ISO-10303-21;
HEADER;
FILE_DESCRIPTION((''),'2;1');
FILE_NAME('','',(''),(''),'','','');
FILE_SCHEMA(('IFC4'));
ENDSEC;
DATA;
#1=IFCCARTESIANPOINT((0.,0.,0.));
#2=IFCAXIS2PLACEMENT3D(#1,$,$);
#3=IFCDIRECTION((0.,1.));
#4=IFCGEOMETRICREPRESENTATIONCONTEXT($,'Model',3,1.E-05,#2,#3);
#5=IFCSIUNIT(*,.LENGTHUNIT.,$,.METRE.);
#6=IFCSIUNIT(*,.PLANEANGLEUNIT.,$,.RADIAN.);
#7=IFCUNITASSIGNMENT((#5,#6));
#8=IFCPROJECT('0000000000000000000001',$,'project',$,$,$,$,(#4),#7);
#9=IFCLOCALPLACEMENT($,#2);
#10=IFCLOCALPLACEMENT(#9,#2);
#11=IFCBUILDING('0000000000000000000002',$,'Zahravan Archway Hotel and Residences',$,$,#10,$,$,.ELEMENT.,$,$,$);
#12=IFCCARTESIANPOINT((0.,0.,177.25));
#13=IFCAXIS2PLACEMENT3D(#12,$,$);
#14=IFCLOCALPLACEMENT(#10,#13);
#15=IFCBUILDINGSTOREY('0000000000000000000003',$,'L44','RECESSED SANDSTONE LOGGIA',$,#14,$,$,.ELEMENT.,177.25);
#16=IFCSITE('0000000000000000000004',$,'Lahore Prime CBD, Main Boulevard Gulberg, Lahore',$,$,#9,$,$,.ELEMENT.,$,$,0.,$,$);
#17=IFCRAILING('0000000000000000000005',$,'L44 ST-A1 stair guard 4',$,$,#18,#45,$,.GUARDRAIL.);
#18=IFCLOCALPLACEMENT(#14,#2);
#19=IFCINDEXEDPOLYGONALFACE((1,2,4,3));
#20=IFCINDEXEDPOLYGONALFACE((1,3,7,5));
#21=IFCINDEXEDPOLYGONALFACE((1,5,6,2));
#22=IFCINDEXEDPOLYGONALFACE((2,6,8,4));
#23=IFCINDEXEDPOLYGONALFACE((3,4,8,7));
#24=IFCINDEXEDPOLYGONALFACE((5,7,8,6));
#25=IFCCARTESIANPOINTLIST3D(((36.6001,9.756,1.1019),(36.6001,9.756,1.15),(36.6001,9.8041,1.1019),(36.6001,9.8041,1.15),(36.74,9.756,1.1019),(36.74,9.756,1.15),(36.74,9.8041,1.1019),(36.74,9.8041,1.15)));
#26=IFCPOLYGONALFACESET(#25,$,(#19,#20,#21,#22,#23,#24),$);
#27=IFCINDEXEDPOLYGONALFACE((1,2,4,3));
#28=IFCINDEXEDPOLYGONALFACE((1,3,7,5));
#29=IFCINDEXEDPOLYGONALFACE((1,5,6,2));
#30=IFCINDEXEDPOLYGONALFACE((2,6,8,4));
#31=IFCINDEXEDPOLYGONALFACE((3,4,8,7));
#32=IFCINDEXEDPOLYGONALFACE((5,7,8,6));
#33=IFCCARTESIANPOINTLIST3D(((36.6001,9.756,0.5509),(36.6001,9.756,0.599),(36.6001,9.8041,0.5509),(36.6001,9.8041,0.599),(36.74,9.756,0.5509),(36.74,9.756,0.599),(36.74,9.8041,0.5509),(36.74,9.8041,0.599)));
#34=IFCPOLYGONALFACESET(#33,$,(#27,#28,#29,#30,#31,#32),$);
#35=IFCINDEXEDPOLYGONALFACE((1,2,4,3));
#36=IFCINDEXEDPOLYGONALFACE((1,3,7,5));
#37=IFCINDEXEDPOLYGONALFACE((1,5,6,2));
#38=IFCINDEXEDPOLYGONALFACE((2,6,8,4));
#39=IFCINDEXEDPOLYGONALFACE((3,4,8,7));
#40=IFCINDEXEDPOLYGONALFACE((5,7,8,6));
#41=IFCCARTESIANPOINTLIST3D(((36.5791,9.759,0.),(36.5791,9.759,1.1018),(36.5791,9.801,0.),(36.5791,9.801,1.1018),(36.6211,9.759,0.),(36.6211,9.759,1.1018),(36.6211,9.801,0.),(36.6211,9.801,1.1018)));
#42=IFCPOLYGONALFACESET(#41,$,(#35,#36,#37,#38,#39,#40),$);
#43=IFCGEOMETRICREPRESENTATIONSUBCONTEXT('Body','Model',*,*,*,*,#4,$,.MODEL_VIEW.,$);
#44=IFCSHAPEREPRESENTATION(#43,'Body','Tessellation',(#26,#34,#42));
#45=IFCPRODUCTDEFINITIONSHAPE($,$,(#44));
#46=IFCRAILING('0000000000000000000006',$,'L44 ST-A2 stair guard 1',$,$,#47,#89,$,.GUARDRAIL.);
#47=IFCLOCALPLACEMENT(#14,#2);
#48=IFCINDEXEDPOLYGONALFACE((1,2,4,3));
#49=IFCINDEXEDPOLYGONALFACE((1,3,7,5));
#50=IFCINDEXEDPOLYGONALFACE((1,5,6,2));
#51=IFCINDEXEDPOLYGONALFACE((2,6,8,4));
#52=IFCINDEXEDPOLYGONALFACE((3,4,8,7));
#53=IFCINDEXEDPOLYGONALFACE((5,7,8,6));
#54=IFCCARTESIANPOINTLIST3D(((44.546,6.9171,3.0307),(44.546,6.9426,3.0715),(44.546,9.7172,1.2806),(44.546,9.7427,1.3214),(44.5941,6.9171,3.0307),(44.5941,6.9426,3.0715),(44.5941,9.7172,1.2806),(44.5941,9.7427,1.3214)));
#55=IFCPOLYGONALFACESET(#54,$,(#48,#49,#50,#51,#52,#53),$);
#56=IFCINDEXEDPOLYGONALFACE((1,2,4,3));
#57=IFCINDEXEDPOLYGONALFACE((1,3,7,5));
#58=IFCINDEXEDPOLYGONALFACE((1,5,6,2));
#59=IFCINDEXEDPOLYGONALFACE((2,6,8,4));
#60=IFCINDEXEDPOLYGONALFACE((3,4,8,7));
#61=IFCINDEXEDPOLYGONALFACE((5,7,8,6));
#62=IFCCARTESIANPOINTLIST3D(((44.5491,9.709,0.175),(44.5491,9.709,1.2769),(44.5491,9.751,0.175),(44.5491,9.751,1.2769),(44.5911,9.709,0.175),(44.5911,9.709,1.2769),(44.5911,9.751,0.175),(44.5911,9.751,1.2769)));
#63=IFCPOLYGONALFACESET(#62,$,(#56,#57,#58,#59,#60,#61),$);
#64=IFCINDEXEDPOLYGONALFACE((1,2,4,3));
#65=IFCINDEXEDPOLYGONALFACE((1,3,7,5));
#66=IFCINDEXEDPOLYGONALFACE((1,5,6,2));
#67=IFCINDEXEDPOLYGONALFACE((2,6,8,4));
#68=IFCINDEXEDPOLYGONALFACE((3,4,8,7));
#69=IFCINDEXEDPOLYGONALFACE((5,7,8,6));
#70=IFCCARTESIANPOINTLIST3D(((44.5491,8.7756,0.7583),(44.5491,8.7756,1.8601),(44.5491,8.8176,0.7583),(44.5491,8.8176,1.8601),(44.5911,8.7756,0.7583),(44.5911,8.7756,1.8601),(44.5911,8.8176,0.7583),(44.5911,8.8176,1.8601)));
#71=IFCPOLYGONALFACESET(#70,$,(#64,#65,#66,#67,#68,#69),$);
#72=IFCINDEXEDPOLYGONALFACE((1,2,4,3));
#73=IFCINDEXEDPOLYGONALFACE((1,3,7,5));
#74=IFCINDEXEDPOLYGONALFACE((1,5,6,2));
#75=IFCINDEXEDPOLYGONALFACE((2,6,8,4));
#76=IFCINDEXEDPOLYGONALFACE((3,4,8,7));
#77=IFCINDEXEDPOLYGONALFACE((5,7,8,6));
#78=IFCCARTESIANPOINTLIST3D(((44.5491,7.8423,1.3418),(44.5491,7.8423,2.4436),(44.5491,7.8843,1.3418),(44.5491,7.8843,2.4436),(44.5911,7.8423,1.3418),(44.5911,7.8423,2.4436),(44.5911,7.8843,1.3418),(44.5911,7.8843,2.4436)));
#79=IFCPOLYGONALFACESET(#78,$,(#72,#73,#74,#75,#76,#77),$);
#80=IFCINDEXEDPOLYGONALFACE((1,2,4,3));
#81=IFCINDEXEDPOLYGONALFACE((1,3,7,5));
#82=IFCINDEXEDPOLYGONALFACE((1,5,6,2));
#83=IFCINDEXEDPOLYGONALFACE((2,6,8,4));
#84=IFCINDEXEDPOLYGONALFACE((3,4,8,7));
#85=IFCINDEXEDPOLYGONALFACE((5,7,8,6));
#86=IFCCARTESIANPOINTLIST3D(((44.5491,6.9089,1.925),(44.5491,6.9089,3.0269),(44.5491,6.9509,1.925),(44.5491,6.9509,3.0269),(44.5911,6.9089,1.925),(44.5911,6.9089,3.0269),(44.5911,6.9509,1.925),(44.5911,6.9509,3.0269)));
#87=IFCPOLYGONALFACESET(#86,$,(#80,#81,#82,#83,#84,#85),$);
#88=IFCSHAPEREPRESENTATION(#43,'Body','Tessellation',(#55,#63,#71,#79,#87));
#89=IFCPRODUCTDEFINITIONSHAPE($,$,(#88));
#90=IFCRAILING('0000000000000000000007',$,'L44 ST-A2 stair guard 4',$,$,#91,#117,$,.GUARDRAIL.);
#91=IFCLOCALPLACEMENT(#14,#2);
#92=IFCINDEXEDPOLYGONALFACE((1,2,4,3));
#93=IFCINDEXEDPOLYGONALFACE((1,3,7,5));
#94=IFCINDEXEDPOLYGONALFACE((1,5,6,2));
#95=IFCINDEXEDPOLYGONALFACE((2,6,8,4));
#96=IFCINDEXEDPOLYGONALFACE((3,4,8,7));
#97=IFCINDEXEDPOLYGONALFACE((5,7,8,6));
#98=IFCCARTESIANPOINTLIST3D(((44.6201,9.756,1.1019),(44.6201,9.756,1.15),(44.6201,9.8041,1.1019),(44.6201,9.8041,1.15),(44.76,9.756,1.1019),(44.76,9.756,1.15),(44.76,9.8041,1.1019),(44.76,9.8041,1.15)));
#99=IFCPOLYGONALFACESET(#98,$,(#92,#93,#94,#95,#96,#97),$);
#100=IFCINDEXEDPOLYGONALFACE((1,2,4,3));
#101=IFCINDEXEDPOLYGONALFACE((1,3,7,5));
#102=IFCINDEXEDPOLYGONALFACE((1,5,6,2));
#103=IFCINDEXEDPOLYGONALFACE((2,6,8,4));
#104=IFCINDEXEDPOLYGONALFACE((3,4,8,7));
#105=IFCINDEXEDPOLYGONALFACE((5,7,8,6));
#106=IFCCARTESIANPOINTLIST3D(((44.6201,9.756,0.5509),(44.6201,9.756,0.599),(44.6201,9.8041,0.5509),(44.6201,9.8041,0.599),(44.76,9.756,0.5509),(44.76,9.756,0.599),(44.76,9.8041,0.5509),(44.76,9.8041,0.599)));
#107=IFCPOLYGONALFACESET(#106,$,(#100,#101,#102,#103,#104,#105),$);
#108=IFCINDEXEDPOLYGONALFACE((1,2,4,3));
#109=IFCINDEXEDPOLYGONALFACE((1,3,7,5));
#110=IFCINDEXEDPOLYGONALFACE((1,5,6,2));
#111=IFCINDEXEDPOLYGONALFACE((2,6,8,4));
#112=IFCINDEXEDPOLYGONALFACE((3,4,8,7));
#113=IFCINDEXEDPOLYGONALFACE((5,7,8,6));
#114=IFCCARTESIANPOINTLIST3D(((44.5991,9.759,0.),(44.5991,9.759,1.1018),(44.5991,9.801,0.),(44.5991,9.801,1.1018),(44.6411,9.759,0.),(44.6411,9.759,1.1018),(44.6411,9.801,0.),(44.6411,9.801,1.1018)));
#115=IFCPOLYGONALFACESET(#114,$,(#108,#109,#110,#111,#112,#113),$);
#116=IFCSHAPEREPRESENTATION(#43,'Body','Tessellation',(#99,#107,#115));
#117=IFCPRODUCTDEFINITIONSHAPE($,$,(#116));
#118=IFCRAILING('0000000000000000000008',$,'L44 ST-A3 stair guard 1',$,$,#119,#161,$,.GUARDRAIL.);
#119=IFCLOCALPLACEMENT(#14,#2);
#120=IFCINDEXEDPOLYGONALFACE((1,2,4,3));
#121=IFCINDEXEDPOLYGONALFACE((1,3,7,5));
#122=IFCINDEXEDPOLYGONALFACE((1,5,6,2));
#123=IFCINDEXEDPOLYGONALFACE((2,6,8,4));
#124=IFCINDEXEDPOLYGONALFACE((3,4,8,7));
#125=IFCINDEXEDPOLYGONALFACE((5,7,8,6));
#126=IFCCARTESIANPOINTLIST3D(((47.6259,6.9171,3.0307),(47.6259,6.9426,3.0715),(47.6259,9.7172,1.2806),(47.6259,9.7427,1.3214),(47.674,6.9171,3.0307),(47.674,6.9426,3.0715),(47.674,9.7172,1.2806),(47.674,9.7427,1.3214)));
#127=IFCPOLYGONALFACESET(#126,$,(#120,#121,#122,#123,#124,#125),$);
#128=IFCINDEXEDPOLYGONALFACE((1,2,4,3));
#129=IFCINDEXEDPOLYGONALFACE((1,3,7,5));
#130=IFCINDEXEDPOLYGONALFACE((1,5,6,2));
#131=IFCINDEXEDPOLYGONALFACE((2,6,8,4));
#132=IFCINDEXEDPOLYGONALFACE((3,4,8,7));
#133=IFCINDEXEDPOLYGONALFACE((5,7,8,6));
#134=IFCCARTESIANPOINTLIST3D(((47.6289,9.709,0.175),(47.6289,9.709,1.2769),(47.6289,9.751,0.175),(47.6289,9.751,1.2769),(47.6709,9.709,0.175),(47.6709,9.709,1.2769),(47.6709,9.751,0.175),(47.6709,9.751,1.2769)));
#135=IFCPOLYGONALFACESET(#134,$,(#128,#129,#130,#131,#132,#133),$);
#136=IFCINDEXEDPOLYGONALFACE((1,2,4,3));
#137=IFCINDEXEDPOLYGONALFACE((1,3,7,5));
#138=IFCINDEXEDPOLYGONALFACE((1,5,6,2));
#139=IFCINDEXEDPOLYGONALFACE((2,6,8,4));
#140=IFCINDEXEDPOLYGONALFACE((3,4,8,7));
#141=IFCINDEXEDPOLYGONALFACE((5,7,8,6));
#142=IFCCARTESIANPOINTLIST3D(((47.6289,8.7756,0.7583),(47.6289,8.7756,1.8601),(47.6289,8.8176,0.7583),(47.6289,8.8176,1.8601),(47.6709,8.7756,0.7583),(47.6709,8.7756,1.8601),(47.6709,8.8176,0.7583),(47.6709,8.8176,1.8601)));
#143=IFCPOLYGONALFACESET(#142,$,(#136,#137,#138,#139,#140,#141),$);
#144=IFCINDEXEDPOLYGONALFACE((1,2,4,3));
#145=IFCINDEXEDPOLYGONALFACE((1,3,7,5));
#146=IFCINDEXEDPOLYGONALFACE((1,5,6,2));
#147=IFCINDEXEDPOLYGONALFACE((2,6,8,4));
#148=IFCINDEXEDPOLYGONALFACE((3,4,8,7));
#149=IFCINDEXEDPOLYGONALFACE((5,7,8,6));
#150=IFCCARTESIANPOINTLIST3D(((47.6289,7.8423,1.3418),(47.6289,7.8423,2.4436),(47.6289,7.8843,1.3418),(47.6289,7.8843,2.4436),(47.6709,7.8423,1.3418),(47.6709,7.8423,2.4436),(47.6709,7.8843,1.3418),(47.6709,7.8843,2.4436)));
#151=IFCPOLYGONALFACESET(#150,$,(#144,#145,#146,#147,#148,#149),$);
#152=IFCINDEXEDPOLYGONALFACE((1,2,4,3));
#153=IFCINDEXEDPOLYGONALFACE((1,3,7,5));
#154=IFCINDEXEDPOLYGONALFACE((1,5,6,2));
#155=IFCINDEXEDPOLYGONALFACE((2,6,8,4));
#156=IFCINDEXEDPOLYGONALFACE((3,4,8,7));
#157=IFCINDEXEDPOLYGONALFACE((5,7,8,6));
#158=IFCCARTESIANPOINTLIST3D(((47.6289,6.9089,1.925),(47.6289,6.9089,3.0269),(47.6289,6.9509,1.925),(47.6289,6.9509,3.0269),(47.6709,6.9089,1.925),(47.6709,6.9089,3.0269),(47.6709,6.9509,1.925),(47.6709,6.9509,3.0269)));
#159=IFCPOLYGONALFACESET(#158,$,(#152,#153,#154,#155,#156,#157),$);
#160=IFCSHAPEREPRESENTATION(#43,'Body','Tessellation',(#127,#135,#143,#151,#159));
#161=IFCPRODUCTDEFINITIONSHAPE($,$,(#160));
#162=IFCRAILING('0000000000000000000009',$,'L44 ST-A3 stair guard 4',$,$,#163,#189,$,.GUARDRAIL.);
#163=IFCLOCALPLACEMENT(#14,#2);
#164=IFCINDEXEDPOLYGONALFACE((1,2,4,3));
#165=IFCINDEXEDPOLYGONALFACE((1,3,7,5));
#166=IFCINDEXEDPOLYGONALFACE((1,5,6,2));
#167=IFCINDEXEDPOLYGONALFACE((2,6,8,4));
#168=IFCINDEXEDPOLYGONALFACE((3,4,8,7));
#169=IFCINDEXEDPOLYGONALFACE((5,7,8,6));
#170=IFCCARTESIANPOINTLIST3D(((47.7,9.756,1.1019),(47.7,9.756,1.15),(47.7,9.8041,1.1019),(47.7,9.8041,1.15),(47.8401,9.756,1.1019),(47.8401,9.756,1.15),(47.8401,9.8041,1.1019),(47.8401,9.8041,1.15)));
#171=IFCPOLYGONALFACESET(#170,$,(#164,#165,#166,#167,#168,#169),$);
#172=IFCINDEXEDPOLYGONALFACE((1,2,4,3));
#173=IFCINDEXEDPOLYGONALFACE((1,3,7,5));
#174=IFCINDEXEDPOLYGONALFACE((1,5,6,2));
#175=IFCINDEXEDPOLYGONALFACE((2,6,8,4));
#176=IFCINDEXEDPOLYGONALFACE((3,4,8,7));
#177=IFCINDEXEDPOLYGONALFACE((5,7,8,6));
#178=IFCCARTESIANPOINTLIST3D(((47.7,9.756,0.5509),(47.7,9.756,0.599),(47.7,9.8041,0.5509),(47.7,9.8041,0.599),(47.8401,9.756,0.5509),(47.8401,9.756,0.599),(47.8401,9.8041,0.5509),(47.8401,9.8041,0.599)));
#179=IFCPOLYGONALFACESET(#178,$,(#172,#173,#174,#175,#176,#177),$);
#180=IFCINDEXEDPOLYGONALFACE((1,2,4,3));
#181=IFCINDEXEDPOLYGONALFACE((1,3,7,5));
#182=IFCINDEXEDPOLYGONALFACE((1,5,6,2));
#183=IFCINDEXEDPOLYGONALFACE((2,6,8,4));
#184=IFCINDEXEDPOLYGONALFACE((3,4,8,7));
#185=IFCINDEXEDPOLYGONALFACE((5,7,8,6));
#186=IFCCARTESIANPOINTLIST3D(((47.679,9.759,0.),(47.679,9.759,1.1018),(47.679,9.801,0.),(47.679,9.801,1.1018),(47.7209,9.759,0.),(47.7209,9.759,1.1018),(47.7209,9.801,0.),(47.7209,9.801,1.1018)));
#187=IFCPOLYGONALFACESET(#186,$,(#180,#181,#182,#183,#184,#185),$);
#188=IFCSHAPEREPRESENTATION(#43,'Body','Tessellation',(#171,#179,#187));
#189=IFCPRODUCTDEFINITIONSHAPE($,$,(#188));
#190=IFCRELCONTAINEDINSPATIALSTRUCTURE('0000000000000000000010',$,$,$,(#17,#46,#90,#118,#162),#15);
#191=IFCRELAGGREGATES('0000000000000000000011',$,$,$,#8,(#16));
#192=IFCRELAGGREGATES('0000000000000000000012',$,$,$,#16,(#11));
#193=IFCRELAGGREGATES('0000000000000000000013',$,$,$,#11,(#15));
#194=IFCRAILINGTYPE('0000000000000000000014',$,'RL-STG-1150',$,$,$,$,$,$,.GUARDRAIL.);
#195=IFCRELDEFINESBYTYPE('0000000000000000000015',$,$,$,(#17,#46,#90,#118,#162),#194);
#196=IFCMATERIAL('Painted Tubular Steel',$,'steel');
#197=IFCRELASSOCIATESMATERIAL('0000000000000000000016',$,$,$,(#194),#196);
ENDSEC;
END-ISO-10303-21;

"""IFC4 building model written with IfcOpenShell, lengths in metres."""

from ifc_helpers import new_model, si_unit, direction, frame, origin, origin_2d, place, context, subcontext, project, spatial, rectangle, extrude, material, type_object, element, save


model = new_model("IFC4")

# Units and contexts
model_context = context("Model", 3, precision=1e-05, world=origin(), true_north=direction((0.0, 1.0)))
body_context = subcontext(model_context, "Body", "Model", "MODEL_VIEW")
ifc_project = project(units=[si_unit("LENGTHUNIT", "METRE"), si_unit("PLANEANGLEUNIT", "RADIAN")], contexts=[model_context])

# Site, building, storey
site_placement = place(None, origin())
site = spatial("IfcSite", under=ifc_project, at=site_placement, Name="Lahore Prime CBD, Main Boulevard Gulberg, Lahore", CompositionType="ELEMENT", RefElevation=0.0)
building_placement = place(site_placement, origin())
building = spatial("IfcBuilding", under=site, at=building_placement, Name="Zahravan Archway Hotel and Residences", CompositionType="ELEMENT")
storey_placement = place(building_placement, frame((0.0, 0.0, 177.25)))
storey = spatial("IfcBuildingStorey", under=building, at=storey_placement, Name="L44", Description="RECESSED SANDSTONE LOGGIA", CompositionType="ELEMENT", Elevation=177.25)

# Railings
ifc_material_1 = material(Name="Painted Tubular Steel", Category="steel")
railing_type_1 = type_object("IfcRailingType", Name="RL-STG-1150", PredefinedType="GUARDRAIL", material=ifc_material_1)
railing_1_placement = place(storey_placement, frame((36.6001, 9.78, 0.0)))
element("IfcRailing", 1, at=railing_1_placement, inside=storey, type_object=railing_type_1, Name="L44 ST-A1 stair guard 4", PredefinedType="GUARDRAIL", context=body_context, shape_type="SweptSolid", body=[
    extrude(rectangle(XDim=0.0481, YDim=0.0481, at=origin_2d()), frame((0.0, 0.0, 1.126), z_axis=(1.0, 0.0, 0.0), x_axis=(0.0, 1.0, 0.0)), (0.0, 0.0, 1.0), 0.1399),
    extrude(rectangle(XDim=0.0481, YDim=0.0481, at=origin_2d()), frame((0.0, 0.0, 0.575), z_axis=(1.0, 0.0, 0.0), x_axis=(0.0, 1.0, 0.0)), (0.0, 0.0, 1.0), 0.1399),
    extrude(rectangle(XDim=0.042, YDim=0.042, at=origin_2d()), origin(), (0.0, 0.0, 1.0), 1.1018),
])
railing_2_placement = place(storey_placement, frame((44.5701, 9.73, 0.175)))
element("IfcRailing", 2, at=railing_2_placement, inside=storey, type_object=railing_type_1, Name="L44 ST-A2 stair guard 1", PredefinedType="GUARDRAIL", context=body_context, shape_type="SweptSolid", body=[
    extrude(rectangle(XDim=0.0481, YDim=0.0481, at=origin_2d()), frame((0.0, 0.0, 1.126), z_axis=(0.0, -0.848002, 0.529992), x_axis=(1.0, 0.0, 0.0)), (0.0, 0.0, 1.0), 3.302),
    extrude(rectangle(XDim=0.042, YDim=0.042, at=origin_2d()), origin(), (0.0, 0.0, 1.0), 1.1018),
    extrude(rectangle(XDim=0.042, YDim=0.042, at=origin_2d()), frame((0.0, -0.9333, 0.5833)), (0.0, 0.0, 1.0), 1.1018),
    extrude(rectangle(XDim=0.042, YDim=0.042, at=origin_2d()), frame((0.0, -1.8667, 1.1667)), (0.0, 0.0, 1.0), 1.1018),
    extrude(rectangle(XDim=0.042, YDim=0.042, at=origin_2d()), frame((0.0, -2.8, 1.75)), (0.0, 0.0, 1.0), 1.1018),
])
railing_3_placement = place(storey_placement, frame((44.6201, 9.78, 0.0)))
element("IfcRailing", 3, at=railing_3_placement, inside=storey, type_object=railing_type_1, Name="L44 ST-A2 stair guard 4", PredefinedType="GUARDRAIL", context=body_context, shape_type="SweptSolid", body=[
    extrude(rectangle(XDim=0.0481, YDim=0.0481, at=origin_2d()), frame((0.0, 0.0, 1.126), z_axis=(1.0, 0.0, 0.0), x_axis=(0.0, 1.0, 0.0)), (0.0, 0.0, 1.0), 0.1399),
    extrude(rectangle(XDim=0.0481, YDim=0.0481, at=origin_2d()), frame((0.0, 0.0, 0.575), z_axis=(1.0, 0.0, 0.0), x_axis=(0.0, 1.0, 0.0)), (0.0, 0.0, 1.0), 0.1399),
    extrude(rectangle(XDim=0.042, YDim=0.042, at=origin_2d()), origin(), (0.0, 0.0, 1.0), 1.1018),
])
railing_4_placement = place(storey_placement, frame((47.6499, 9.73, 0.175)))
element("IfcRailing", 4, at=railing_4_placement, inside=storey, type_object=railing_type_1, Name="L44 ST-A3 stair guard 1", PredefinedType="GUARDRAIL", context=body_context, shape_type="SweptSolid", body=[
    extrude(rectangle(XDim=0.0481, YDim=0.0481, at=origin_2d()), frame((0.0, 0.0, 1.126), z_axis=(0.0, -0.848002, 0.529992), x_axis=(1.0, 0.0, 0.0)), (0.0, 0.0, 1.0), 3.302),
    extrude(rectangle(XDim=0.042, YDim=0.042, at=origin_2d()), origin(), (0.0, 0.0, 1.0), 1.1018),
    extrude(rectangle(XDim=0.042, YDim=0.042, at=origin_2d()), frame((0.0, -0.9333, 0.5833)), (0.0, 0.0, 1.0), 1.1018),
    extrude(rectangle(XDim=0.042, YDim=0.042, at=origin_2d()), frame((0.0, -1.8667, 1.1667)), (0.0, 0.0, 1.0), 1.1018),
    extrude(rectangle(XDim=0.042, YDim=0.042, at=origin_2d()), frame((0.0, -2.8, 1.75)), (0.0, 0.0, 1.0), 1.1018),
])
railing_5_placement = place(storey_placement, frame((47.7, 9.78, 0.0)))
element("IfcRailing", 5, at=railing_5_placement, inside=storey, type_object=railing_type_1, Name="L44 ST-A3 stair guard 4", PredefinedType="GUARDRAIL", context=body_context, shape_type="SweptSolid", body=[
    extrude(rectangle(XDim=0.0481, YDim=0.0481, at=origin_2d()), frame((0.0, 0.0, 1.126), z_axis=(1.0, 0.0, 0.0), x_axis=(0.0, 1.0, 0.0)), (0.0, 0.0, 1.0), 0.1401),
    extrude(rectangle(XDim=0.0481, YDim=0.0481, at=origin_2d()), frame((0.0, 0.0, 0.575), z_axis=(1.0, 0.0, 0.0), x_axis=(0.0, 1.0, 0.0)), (0.0, 0.0, 1.0), 0.1401),
    extrude(rectangle(XDim=0.042, YDim=0.042, at=origin_2d()), origin(), (0.0, 0.0, 1.0), 1.1018),
])

save(model, "model.ifc")
